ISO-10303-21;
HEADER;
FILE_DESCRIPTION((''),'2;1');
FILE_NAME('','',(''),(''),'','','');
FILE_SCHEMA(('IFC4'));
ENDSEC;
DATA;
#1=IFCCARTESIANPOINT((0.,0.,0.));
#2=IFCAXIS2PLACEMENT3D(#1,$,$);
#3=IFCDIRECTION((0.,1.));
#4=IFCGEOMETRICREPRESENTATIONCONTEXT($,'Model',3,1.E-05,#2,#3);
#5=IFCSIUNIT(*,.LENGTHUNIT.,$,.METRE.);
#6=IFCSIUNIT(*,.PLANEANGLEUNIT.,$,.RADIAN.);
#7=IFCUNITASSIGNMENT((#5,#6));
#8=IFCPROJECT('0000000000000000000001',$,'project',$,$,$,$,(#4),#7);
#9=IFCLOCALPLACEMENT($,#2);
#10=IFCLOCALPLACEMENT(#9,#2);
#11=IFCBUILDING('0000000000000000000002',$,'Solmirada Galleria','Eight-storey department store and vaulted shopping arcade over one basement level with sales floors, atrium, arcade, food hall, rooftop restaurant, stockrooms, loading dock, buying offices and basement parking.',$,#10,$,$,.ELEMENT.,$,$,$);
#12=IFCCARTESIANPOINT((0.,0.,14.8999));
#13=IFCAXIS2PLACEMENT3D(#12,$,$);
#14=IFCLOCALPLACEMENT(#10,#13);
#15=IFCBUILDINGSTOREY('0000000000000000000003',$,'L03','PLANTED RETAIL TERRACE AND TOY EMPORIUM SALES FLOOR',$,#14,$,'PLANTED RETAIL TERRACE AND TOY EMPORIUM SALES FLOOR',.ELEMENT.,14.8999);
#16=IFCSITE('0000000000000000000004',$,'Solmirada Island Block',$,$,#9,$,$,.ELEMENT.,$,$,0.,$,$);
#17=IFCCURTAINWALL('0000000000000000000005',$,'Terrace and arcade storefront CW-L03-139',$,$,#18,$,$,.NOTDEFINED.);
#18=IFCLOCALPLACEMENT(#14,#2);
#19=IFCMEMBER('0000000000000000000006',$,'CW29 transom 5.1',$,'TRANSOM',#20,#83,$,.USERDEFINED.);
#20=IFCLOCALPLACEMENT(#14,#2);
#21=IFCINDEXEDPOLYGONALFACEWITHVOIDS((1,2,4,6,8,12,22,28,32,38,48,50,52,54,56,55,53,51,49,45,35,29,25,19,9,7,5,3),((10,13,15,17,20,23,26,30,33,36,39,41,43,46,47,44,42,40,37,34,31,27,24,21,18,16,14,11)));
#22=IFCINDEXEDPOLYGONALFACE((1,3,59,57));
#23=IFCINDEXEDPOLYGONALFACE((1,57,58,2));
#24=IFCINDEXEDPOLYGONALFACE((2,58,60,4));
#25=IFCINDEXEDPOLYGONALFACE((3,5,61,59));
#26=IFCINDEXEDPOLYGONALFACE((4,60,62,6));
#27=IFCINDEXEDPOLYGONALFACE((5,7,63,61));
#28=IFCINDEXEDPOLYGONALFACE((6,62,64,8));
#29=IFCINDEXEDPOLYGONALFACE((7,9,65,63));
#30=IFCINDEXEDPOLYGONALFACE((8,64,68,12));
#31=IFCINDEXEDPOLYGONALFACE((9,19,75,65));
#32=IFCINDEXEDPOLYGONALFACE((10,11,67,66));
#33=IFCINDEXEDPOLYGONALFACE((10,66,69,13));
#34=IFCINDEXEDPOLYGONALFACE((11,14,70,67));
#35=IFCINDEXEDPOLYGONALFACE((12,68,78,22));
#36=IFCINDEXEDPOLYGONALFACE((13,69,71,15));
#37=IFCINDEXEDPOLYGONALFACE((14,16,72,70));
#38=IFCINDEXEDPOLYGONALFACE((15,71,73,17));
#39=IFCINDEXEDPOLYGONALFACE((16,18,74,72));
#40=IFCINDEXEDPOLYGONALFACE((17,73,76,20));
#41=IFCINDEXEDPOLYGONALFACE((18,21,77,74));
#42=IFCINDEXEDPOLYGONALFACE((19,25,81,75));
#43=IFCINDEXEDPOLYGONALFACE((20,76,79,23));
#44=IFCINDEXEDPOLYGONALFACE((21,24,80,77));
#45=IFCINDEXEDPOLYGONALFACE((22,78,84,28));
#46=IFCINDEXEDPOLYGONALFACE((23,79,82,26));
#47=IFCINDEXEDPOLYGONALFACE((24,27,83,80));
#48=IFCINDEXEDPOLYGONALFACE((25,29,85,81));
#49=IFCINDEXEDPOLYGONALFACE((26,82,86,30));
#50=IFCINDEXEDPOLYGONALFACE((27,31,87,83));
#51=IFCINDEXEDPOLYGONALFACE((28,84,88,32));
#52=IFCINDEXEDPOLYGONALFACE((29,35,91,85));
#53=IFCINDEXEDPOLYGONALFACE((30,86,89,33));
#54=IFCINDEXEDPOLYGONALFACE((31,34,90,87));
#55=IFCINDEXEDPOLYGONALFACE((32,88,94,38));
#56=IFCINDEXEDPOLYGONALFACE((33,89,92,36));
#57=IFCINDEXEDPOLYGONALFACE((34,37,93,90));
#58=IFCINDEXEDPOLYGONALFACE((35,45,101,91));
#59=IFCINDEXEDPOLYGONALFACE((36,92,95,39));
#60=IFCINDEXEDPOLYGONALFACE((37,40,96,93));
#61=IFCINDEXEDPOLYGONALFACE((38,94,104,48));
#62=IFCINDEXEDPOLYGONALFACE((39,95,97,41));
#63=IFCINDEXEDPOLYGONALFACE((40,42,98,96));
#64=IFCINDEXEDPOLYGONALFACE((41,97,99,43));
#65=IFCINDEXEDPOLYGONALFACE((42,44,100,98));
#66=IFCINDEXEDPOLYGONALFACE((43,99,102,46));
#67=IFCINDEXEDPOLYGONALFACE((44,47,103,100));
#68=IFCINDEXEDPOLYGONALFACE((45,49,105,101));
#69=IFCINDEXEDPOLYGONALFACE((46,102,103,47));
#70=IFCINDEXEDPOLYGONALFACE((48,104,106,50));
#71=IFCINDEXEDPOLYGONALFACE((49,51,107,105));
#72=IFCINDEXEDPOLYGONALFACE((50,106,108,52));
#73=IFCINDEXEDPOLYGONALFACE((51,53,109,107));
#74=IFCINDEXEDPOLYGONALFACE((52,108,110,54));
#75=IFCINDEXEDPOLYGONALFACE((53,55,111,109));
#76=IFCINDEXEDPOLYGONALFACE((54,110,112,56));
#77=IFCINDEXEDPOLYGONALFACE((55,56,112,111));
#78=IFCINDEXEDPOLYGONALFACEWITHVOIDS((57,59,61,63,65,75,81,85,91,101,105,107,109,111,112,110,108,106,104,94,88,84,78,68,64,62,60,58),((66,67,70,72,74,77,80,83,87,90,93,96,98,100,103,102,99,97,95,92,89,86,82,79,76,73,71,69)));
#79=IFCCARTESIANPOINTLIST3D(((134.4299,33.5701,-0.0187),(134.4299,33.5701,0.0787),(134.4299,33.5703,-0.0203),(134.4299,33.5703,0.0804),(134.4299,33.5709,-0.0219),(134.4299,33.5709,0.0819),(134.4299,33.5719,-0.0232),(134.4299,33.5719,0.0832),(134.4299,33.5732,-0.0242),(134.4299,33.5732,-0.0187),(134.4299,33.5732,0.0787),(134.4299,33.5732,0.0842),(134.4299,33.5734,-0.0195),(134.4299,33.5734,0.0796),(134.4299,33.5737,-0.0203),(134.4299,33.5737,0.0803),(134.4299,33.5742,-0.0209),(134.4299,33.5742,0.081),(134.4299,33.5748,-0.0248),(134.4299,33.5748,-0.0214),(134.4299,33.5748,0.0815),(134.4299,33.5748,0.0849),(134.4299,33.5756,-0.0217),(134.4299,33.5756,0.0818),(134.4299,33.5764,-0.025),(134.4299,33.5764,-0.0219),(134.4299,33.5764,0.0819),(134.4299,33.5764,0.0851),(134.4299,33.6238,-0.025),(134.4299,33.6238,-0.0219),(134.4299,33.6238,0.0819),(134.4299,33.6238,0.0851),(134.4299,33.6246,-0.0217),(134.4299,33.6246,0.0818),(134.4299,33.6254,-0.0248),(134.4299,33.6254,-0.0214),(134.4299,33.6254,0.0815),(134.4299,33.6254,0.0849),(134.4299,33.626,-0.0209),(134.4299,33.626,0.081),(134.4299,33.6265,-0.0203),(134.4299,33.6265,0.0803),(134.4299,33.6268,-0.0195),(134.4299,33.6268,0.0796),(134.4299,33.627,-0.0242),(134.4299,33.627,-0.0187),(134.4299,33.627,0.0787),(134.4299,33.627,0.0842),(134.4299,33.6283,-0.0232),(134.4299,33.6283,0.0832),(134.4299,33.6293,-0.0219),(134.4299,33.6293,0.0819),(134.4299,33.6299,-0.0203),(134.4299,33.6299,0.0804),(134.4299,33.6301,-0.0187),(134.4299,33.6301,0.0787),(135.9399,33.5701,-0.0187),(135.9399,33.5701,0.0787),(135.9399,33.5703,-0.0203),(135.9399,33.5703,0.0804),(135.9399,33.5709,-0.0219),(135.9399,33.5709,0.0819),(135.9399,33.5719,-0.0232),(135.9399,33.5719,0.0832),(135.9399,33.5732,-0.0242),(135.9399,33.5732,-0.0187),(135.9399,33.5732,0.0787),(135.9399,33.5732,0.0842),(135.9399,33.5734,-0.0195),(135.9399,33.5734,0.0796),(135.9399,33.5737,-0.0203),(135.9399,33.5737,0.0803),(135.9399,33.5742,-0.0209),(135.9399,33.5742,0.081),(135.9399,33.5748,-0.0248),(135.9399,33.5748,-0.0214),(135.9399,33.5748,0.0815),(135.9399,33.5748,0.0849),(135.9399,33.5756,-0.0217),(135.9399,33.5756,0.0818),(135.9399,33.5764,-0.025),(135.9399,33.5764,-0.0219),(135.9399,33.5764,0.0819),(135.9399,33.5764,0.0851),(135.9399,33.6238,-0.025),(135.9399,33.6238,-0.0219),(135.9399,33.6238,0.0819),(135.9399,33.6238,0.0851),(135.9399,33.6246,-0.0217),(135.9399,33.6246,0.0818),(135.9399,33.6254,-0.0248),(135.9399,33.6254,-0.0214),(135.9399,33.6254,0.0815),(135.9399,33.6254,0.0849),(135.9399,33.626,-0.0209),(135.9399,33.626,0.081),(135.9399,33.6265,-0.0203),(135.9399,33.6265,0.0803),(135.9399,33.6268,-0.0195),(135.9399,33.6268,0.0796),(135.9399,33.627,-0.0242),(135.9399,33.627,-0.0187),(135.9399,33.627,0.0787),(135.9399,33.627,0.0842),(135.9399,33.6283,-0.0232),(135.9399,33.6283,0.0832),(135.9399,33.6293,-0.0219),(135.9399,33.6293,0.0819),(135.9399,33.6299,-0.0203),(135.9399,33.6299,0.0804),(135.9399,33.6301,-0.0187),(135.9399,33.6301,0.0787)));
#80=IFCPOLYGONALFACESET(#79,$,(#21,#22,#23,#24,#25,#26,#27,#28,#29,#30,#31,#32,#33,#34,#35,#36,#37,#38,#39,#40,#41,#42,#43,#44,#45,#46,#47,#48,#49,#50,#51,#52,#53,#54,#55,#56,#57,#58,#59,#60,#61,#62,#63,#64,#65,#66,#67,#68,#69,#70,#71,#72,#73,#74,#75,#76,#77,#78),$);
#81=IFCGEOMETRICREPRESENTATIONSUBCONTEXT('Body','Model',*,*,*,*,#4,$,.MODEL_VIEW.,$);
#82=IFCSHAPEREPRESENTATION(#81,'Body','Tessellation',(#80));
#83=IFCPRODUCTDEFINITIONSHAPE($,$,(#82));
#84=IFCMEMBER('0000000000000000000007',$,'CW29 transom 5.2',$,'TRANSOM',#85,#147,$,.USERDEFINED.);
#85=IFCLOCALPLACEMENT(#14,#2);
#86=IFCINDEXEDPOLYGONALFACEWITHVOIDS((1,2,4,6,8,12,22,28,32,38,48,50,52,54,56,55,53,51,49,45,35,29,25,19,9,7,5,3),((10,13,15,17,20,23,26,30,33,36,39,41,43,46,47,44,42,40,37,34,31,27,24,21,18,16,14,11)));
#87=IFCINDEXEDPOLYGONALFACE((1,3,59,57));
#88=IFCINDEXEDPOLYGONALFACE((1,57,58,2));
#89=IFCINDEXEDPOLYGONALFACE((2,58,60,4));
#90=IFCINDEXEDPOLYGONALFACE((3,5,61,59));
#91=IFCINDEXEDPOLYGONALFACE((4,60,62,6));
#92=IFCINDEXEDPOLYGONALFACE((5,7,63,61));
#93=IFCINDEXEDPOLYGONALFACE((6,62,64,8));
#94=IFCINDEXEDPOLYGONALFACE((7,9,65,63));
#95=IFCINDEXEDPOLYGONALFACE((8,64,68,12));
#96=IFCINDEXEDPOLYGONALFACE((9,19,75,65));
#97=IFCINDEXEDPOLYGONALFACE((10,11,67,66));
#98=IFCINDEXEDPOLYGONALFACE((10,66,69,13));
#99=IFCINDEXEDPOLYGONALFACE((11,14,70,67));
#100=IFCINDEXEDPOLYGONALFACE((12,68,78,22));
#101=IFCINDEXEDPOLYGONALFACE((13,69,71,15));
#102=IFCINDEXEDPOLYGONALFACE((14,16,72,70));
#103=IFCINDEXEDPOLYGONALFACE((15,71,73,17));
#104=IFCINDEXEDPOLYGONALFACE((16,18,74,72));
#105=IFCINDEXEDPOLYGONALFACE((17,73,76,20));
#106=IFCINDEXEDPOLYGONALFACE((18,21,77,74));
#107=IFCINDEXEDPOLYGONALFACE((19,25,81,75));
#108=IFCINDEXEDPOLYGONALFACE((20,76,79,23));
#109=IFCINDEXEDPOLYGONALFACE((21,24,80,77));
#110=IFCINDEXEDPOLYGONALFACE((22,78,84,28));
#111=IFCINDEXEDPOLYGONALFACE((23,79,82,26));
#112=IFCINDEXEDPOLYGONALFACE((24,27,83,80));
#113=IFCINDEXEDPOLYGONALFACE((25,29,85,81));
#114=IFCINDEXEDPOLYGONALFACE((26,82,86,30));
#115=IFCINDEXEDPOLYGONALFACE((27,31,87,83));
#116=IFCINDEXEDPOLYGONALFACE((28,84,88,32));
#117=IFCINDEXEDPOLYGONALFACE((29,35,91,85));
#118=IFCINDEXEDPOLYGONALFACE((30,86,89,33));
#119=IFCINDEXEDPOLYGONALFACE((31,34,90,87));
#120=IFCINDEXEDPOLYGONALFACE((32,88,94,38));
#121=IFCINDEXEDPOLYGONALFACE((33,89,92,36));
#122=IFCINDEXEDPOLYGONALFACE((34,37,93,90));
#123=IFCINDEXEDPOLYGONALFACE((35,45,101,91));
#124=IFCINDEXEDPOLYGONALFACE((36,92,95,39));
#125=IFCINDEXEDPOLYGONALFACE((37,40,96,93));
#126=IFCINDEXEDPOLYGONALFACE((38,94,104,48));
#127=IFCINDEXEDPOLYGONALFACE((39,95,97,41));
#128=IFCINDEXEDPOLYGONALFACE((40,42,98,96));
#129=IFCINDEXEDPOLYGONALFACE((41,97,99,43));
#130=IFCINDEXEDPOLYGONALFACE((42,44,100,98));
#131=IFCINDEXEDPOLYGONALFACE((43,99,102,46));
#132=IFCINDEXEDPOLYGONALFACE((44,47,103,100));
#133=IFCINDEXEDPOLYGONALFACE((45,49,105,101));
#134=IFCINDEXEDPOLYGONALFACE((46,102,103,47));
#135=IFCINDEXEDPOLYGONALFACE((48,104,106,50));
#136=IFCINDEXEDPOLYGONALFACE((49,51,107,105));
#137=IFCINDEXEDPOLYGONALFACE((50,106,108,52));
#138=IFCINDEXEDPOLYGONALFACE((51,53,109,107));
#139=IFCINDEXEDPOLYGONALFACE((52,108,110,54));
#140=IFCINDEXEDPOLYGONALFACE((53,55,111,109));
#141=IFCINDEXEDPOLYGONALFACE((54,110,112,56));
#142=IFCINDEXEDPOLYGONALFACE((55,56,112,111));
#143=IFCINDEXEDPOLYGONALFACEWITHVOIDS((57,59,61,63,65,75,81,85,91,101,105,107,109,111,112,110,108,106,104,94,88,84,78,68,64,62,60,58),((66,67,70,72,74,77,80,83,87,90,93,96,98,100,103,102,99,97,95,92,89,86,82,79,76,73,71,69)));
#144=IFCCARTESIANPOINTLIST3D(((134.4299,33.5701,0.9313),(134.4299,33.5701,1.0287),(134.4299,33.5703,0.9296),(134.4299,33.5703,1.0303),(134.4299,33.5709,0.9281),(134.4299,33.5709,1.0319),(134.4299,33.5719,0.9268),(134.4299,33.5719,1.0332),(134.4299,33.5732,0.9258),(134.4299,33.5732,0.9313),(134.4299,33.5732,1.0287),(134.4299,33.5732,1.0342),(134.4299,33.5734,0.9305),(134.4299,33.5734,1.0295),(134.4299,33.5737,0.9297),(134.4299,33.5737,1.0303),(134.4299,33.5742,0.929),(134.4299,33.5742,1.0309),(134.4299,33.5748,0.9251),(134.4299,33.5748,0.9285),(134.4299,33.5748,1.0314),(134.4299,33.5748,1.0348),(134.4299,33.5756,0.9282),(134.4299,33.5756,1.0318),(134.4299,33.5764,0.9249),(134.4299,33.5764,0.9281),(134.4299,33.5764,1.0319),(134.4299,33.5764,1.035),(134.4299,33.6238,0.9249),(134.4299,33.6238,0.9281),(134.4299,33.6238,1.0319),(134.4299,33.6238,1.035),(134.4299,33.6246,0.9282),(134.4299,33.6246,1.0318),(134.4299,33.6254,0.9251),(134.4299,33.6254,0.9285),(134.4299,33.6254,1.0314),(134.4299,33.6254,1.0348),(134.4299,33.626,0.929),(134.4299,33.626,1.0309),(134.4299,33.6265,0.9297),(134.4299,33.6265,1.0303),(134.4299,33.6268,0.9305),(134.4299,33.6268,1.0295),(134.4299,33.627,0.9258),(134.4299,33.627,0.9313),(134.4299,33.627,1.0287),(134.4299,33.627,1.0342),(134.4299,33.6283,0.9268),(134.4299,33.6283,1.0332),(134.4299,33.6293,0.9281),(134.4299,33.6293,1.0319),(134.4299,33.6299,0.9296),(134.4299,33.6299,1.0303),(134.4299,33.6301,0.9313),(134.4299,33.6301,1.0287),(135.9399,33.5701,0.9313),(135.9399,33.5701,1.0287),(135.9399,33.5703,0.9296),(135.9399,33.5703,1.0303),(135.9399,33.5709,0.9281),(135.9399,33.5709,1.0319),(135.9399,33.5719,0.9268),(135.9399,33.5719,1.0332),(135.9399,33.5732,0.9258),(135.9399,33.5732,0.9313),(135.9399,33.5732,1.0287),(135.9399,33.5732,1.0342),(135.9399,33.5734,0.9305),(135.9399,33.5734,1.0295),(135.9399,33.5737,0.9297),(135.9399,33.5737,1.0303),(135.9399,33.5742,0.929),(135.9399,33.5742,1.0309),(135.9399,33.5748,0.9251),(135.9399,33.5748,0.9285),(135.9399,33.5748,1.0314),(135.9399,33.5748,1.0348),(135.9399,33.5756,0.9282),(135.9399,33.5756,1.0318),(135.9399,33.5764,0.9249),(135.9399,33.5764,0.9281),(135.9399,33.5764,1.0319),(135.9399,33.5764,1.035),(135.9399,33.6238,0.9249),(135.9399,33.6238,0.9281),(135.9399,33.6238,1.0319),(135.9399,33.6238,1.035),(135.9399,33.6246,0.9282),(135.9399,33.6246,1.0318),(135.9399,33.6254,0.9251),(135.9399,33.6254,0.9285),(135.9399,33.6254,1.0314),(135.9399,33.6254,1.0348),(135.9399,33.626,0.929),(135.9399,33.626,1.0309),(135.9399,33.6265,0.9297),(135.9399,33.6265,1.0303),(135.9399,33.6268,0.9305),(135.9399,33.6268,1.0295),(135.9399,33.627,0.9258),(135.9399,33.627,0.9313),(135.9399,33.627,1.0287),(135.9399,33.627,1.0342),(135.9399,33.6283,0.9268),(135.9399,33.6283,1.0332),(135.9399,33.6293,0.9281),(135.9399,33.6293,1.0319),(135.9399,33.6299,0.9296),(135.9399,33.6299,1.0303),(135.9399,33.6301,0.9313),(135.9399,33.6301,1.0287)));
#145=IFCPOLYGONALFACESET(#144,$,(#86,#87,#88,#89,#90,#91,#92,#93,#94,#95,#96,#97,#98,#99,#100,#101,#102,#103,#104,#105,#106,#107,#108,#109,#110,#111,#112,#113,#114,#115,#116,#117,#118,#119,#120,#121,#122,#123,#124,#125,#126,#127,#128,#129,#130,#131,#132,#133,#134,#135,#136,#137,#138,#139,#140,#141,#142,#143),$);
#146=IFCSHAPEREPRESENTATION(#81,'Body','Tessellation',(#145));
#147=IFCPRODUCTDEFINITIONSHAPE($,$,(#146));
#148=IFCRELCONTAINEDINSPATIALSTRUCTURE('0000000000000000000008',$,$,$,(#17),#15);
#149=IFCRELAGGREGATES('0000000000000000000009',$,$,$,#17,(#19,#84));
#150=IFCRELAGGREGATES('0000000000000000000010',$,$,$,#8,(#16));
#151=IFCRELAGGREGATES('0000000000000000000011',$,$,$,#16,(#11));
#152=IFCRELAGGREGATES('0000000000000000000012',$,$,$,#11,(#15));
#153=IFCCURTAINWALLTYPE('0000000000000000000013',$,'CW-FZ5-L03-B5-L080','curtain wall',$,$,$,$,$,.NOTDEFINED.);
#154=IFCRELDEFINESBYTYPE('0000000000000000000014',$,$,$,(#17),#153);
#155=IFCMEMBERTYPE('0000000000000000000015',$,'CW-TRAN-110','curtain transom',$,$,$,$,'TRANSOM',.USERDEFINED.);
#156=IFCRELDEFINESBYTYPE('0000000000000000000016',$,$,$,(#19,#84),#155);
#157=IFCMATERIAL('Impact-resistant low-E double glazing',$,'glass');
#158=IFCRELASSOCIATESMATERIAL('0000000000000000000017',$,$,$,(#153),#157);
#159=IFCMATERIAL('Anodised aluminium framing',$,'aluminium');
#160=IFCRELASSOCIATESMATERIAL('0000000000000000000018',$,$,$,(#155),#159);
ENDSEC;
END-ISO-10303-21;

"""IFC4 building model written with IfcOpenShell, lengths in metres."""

from ifc_helpers import new_model, si_unit, direction, frame, origin, origin_2d, place, context, subcontext, project, spatial, hollow_rectangle, extrude, material, material_profile, profile_set, type_object, element, aggregate, save


model = new_model("IFC4")

# Units and contexts
model_context = context("Model", 3, precision=1e-05, world=origin(), true_north=direction((0.0, 1.0)))
body_context = subcontext(model_context, "Body", "Model", "MODEL_VIEW")
ifc_project = project(units=[si_unit("LENGTHUNIT", "METRE"), si_unit("PLANEANGLEUNIT", "RADIAN")], contexts=[model_context])

# Site, building, storey
site_placement = place(None, origin())
site = spatial("IfcSite", under=ifc_project, at=site_placement, Name="Solmirada Island Block", CompositionType="ELEMENT", RefElevation=0.0)
building_placement = place(site_placement, origin())
building = spatial("IfcBuilding", under=site, at=building_placement, Name="Solmirada Galleria", Description="Eight-storey department store and vaulted shopping arcade over one basement level with sales floors, atrium, arcade, food hall, rooftop restaurant, stockrooms, loading dock, buying offices and basement parking.", CompositionType="ELEMENT")
storey_placement = place(building_placement, frame((0.0, 0.0, 14.8999)))
storey = spatial("IfcBuildingStorey", under=building, at=storey_placement, Name="L03", Description="PLANTED RETAIL TERRACE AND TOY EMPORIUM SALES FLOOR", LongName="PLANTED RETAIL TERRACE AND TOY EMPORIUM SALES FLOOR", CompositionType="ELEMENT", Elevation=14.8999)

# Curtain wall
ifc_material_1 = material(Name="Impact-resistant low-E double glazing", Category="glass")
curtain_wall_type = type_object("IfcCurtainWallType", Name="CW-FZ5-L03-B5-L080", Description="curtain wall", PredefinedType="NOTDEFINED", material=ifc_material_1)
curtain_wall_1_placement = place(storey_placement, origin())
curtain_wall_1 = element("IfcCurtainWall", 1, at=curtain_wall_1_placement, inside=storey, type_object=curtain_wall_type, Name="Terrace and arcade storefront CW-L03-139", PredefinedType="NOTDEFINED")
ifc_material_2 = material(Name="Anodised aluminium framing", Category="aluminium")

# Members
ifc_material_profile_1 = material_profile(ifc_material_2, hollow_rectangle(XDim=0.0601, YDim=0.1101, WallThickness=0.0032, InnerFilletRadius=0.0032, OuterFilletRadius=0.0063, at=origin_2d()), Name="ALU-TRAN-110X60")
ifc_profile_set_1 = profile_set([ifc_material_profile_1], Name="Anodised aluminium framing")
member_type_1 = type_object("IfcMemberType", Name="CW-TRAN-110", Description="curtain transom", ElementType="TRANSOM", PredefinedType="USERDEFINED", material=ifc_profile_set_1)
member_1_placement = place(storey_placement, frame((134.4299, 33.6001, 0.03), z_axis=(1.0, 0.0, 0.0), x_axis=(0.0, 1.0, 0.0)))
member_1 = element("IfcMember", 2, at=member_1_placement, type_object=member_type_1, Name="CW29 transom 5.1", ObjectType="TRANSOM", PredefinedType="USERDEFINED", context=body_context, shape_type="SweptSolid", body=[
    extrude(hollow_rectangle(XDim=0.0601, YDim=0.1101, WallThickness=0.0032, InnerFilletRadius=0.0032, OuterFilletRadius=0.0063, at=origin_2d()), origin(), (0.0, 0.0, 1.0), 1.51),
])
member_2_placement = place(storey_placement, frame((134.4299, 33.6001, 0.98), z_axis=(1.0, 0.0, 0.0), x_axis=(0.0, 1.0, 0.0)))
member_2 = element("IfcMember", 3, at=member_2_placement, type_object=member_type_1, Name="CW29 transom 5.2", ObjectType="TRANSOM", PredefinedType="USERDEFINED", context=body_context, shape_type="SweptSolid", body=[
    extrude(hollow_rectangle(XDim=0.0601, YDim=0.1101, WallThickness=0.0032, InnerFilletRadius=0.0032, OuterFilletRadius=0.0063, at=origin_2d()), origin(), (0.0, 0.0, 1.0), 1.51),
])

aggregate(curtain_wall_1, [member_1, member_2])

save(model, "model.ifc")
